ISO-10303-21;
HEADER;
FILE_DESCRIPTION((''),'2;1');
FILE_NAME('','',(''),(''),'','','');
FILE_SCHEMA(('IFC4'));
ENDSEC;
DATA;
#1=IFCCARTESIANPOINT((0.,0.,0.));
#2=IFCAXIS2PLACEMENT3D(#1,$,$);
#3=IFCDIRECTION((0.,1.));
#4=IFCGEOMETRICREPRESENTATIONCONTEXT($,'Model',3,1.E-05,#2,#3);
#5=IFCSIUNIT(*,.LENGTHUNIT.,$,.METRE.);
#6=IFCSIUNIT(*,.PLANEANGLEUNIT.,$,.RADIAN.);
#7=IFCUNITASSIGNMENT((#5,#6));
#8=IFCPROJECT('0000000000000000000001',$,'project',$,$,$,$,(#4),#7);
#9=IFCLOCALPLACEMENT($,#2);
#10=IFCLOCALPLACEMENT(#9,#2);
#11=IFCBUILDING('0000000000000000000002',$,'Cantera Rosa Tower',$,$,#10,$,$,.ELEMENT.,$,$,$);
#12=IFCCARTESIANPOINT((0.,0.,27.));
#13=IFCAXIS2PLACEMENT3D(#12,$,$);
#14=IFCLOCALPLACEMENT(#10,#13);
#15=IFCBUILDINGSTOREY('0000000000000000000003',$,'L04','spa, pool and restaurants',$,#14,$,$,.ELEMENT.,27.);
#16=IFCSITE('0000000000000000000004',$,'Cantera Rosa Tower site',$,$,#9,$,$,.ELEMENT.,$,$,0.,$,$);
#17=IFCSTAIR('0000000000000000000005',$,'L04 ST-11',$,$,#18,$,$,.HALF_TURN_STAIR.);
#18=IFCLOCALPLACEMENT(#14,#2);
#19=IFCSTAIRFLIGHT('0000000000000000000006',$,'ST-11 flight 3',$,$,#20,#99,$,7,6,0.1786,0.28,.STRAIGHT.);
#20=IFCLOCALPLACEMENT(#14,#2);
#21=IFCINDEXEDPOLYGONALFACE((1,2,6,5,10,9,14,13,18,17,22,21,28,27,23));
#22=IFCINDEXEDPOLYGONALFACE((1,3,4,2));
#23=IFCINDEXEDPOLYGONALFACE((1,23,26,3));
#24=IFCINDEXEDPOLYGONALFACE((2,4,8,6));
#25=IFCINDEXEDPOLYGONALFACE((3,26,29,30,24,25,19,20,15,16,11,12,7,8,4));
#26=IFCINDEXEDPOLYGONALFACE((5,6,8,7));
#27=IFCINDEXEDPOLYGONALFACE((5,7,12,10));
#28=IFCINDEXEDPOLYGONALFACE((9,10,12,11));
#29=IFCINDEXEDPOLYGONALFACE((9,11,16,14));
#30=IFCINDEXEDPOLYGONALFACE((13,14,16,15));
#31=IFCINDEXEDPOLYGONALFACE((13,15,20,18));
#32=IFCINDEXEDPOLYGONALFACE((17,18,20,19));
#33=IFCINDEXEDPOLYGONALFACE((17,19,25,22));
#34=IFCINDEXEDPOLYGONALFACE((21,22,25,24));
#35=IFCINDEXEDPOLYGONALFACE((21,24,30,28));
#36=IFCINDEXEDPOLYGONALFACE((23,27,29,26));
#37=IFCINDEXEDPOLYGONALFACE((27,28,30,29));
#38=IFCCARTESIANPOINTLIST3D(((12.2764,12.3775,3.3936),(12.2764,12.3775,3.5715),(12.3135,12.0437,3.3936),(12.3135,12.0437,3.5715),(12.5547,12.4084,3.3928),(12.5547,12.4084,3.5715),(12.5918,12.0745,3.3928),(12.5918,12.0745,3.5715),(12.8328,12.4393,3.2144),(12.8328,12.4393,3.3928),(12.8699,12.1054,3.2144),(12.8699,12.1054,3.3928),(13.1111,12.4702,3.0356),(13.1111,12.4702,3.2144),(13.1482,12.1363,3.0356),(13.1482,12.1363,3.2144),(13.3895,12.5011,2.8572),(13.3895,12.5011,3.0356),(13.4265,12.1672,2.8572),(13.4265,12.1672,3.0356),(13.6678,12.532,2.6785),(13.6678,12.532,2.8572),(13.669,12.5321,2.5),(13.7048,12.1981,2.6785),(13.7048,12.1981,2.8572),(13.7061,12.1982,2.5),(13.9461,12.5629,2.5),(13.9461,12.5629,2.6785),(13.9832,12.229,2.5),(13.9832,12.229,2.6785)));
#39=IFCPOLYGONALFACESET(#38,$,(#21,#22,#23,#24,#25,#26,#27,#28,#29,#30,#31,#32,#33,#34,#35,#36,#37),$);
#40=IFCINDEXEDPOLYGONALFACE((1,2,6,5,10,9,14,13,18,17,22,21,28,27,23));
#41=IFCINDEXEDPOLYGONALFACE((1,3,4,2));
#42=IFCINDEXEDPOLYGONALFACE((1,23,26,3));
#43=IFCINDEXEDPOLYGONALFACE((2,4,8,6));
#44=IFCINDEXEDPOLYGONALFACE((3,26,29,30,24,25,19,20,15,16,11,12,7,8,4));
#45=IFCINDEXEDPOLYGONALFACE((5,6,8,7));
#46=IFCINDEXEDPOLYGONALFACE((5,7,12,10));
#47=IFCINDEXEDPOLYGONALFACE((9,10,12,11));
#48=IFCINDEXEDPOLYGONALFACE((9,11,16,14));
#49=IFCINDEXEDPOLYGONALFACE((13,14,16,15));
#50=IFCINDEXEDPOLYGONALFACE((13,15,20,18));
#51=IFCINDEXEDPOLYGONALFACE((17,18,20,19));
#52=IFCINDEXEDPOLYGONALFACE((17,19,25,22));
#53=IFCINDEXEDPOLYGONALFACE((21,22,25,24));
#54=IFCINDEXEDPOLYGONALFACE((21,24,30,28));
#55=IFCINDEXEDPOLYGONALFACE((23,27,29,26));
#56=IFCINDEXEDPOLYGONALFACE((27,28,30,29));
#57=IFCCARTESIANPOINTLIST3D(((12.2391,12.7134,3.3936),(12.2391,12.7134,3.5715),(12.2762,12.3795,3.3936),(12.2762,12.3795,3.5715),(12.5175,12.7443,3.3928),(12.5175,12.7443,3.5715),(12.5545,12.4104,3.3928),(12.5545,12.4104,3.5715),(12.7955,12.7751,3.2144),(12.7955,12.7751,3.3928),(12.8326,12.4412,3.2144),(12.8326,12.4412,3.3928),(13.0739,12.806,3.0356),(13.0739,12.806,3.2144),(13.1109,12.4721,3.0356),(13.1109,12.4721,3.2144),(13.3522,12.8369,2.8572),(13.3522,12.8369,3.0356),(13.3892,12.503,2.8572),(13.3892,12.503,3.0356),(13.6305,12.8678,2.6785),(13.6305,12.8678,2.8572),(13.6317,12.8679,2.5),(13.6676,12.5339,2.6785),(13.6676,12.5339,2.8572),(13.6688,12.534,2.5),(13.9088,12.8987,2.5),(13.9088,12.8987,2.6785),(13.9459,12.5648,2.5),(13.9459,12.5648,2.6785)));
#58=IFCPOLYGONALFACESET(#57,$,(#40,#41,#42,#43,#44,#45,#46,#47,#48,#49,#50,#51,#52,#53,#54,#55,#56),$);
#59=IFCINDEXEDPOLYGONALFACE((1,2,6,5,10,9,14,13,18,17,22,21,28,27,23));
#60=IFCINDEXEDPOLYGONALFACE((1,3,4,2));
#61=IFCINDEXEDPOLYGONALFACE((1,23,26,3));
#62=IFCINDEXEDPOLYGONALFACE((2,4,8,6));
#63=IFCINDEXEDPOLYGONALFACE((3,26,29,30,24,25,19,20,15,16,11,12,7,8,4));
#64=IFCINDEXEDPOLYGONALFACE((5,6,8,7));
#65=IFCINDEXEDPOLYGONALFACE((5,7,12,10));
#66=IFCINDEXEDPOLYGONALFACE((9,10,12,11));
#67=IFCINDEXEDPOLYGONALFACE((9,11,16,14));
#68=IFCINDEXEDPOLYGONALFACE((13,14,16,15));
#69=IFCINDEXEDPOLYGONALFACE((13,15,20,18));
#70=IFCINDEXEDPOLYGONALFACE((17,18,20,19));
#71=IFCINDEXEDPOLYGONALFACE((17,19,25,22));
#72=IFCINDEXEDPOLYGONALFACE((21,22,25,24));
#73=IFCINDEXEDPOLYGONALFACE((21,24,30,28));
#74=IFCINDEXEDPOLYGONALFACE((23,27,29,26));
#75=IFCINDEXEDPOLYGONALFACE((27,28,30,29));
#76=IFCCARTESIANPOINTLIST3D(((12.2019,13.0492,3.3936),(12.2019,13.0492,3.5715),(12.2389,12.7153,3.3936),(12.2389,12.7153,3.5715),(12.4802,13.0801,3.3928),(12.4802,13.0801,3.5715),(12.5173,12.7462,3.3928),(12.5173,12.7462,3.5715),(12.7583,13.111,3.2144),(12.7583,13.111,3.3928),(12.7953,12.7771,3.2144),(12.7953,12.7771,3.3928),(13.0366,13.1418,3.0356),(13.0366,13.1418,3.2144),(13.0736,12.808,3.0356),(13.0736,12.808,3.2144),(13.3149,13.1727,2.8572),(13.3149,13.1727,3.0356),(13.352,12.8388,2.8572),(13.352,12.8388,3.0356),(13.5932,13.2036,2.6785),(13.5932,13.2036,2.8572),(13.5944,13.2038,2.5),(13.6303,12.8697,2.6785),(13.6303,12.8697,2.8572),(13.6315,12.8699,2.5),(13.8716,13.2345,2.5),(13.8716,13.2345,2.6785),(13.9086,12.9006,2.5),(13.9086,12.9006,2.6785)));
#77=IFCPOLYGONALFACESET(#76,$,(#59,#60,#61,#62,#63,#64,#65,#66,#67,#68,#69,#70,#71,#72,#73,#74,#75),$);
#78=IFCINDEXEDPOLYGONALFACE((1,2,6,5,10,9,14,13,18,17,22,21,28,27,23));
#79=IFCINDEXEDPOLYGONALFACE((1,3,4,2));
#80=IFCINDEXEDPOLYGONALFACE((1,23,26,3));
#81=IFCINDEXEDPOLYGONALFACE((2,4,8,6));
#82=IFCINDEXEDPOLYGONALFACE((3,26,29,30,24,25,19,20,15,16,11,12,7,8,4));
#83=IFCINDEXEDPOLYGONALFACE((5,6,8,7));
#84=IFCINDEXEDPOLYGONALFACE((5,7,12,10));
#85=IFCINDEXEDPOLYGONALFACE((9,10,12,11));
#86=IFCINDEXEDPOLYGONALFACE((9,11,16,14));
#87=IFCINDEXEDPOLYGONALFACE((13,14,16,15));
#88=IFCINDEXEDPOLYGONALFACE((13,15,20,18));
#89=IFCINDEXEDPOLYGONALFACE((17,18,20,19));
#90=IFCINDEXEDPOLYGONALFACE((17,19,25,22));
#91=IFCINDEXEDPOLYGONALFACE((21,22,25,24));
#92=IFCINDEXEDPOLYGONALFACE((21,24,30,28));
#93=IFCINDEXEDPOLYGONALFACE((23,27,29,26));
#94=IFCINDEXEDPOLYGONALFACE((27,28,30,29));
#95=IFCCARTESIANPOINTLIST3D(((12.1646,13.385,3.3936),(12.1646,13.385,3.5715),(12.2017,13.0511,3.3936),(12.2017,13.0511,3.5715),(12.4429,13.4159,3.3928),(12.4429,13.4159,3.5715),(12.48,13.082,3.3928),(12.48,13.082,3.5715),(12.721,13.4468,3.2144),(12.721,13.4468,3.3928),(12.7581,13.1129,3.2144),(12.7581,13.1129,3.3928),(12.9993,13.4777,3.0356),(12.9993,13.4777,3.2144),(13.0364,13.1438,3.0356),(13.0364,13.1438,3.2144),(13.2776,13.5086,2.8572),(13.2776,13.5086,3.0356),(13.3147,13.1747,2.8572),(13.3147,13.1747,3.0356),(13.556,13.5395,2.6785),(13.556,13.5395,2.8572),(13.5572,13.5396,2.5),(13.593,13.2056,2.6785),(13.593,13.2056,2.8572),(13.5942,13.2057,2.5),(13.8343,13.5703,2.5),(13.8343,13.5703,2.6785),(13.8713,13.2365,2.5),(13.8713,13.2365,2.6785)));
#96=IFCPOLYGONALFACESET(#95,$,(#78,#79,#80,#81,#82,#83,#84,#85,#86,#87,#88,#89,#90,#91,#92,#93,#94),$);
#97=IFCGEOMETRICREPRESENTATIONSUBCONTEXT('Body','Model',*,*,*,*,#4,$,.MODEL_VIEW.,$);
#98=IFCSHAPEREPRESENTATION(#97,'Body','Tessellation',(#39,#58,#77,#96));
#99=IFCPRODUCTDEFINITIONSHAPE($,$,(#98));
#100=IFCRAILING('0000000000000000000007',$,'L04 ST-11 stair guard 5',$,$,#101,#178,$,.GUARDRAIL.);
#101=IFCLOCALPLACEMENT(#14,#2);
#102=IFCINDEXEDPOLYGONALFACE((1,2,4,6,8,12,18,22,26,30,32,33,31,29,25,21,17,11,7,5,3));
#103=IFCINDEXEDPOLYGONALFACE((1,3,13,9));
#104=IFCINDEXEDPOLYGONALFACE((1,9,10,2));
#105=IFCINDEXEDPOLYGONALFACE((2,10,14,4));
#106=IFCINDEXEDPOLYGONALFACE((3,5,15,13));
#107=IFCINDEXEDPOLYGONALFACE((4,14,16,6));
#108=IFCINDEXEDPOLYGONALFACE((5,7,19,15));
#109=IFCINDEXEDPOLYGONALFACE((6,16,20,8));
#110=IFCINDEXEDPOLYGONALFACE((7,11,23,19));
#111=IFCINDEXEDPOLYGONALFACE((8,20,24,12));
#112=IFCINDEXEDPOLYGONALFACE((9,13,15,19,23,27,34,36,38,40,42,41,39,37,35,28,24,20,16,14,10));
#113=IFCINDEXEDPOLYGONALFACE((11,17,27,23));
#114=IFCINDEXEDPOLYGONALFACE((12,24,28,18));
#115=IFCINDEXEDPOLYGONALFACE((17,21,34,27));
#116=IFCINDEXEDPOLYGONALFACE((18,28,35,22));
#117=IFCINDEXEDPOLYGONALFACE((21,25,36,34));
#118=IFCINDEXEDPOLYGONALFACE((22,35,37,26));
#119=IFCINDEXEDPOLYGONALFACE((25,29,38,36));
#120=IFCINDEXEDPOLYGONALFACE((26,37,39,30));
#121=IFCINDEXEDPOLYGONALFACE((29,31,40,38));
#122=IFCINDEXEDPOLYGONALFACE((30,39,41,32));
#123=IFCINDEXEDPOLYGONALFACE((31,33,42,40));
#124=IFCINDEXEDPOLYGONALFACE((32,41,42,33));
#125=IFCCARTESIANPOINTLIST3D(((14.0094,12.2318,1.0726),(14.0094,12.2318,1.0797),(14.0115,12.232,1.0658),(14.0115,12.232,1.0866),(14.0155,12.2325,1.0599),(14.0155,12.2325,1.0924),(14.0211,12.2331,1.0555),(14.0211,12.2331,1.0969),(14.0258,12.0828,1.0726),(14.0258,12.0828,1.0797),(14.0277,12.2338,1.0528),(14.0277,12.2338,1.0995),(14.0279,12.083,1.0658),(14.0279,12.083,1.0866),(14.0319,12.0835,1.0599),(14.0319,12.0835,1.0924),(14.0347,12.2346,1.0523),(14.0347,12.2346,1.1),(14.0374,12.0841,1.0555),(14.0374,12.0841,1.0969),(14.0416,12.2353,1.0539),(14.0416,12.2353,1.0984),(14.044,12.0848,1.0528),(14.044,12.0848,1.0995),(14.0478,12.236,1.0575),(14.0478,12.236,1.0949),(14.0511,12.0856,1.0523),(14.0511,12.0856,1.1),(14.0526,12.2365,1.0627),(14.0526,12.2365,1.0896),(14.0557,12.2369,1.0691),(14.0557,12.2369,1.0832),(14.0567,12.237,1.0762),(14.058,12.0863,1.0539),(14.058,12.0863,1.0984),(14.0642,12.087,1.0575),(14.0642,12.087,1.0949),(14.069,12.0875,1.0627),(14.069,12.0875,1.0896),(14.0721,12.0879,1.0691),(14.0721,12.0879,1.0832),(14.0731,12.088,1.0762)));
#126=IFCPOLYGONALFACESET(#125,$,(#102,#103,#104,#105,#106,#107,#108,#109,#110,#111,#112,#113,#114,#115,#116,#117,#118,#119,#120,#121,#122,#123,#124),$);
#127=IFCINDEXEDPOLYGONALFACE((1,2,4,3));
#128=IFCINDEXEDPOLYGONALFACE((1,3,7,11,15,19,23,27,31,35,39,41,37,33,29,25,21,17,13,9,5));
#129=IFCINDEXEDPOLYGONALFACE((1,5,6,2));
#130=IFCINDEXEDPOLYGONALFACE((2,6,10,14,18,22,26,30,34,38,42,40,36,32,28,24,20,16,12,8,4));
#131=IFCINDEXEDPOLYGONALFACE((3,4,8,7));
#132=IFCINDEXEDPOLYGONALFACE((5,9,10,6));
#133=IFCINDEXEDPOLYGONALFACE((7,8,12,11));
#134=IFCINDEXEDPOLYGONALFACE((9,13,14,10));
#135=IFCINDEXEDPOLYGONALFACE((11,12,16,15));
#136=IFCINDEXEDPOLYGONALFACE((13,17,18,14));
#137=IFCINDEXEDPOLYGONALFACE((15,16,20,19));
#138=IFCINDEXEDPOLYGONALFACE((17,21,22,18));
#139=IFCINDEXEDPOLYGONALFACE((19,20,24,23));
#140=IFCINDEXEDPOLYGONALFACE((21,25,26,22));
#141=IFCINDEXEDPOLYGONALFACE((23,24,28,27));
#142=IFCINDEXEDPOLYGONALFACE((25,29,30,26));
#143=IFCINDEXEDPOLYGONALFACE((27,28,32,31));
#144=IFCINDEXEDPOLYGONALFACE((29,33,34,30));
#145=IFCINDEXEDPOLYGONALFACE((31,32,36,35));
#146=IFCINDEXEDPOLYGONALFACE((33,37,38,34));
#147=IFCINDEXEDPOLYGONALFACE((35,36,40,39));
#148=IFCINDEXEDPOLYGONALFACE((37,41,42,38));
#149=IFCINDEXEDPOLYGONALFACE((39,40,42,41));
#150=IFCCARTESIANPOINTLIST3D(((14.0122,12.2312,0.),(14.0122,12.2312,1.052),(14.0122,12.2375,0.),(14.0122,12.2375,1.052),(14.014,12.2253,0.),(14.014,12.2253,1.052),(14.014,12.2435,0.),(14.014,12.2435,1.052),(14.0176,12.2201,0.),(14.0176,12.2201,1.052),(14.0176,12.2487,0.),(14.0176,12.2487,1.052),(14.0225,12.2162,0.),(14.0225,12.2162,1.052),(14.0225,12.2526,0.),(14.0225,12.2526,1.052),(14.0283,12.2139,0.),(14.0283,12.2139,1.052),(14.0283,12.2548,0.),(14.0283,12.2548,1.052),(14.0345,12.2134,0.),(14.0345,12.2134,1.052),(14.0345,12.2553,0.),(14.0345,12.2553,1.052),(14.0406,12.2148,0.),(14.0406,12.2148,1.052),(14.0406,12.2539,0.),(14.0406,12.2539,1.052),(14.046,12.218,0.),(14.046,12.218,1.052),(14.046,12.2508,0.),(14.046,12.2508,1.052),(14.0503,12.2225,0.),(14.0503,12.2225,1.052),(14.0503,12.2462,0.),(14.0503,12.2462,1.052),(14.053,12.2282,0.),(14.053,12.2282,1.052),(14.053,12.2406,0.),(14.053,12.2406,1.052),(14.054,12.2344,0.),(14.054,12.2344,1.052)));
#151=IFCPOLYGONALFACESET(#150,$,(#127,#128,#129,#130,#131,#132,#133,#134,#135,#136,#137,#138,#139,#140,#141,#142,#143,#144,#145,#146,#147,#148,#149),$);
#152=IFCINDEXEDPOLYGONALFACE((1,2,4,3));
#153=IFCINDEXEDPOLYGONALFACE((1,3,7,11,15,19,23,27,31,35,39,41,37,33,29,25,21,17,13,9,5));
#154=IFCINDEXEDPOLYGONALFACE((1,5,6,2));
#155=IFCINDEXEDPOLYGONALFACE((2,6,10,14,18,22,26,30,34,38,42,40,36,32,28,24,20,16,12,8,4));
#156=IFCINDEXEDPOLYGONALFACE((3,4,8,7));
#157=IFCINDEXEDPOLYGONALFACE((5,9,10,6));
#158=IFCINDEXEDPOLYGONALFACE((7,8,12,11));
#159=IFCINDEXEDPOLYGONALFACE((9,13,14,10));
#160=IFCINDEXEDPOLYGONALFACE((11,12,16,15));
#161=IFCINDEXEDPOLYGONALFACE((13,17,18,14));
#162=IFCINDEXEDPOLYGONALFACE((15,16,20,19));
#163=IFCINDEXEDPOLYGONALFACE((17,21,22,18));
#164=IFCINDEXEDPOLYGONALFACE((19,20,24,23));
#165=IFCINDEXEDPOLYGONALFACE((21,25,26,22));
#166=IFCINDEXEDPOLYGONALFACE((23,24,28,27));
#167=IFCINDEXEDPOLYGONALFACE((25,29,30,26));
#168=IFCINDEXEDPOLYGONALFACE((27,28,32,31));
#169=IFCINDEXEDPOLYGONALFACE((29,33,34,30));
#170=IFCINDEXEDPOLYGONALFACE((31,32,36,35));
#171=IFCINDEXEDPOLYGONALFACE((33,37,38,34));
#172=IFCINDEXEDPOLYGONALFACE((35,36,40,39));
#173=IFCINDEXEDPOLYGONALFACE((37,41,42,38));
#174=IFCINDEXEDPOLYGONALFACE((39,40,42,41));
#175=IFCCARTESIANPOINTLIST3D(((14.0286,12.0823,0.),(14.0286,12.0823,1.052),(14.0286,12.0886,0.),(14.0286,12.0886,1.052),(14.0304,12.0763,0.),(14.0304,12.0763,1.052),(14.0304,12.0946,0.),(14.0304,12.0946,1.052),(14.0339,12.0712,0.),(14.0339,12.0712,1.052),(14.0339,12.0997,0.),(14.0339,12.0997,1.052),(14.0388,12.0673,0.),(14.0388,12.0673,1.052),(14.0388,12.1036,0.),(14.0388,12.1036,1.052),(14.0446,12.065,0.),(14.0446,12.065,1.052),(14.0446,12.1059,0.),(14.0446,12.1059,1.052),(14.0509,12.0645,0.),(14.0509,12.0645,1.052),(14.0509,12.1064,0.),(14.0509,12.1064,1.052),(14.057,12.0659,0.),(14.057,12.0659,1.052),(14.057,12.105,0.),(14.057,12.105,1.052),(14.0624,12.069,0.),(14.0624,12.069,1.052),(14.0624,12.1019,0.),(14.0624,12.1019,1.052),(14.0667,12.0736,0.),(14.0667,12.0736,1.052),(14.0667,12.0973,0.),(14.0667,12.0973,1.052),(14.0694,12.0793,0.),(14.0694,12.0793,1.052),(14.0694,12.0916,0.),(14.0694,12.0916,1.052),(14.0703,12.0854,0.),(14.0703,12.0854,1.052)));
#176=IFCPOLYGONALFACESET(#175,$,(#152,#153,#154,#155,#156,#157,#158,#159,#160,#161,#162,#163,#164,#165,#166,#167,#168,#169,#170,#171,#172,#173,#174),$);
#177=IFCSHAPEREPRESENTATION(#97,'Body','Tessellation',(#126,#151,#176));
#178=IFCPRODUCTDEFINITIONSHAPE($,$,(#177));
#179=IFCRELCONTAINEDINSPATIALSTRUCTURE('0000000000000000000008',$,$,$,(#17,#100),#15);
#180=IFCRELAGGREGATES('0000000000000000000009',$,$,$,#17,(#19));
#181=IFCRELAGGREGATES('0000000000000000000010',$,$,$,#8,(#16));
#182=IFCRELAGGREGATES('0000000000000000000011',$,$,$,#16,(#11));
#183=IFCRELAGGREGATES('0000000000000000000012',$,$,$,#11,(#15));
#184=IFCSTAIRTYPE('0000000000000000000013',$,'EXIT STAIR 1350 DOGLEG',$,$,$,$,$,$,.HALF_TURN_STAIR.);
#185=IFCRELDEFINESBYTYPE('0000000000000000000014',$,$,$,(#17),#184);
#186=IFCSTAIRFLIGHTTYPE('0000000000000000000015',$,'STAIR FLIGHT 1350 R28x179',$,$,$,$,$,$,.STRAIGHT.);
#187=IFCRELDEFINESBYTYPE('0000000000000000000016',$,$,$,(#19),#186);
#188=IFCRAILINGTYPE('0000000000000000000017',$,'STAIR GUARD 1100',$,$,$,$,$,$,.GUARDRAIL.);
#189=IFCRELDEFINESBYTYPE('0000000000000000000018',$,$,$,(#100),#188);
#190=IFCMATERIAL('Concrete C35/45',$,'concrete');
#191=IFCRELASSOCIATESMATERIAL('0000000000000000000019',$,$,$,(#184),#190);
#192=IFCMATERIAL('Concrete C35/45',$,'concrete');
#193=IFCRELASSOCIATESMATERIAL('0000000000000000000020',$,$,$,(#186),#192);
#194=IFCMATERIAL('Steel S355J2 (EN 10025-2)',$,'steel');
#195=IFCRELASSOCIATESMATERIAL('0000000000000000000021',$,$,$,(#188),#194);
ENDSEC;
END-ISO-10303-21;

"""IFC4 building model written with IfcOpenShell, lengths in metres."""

from ifc_helpers import new_model, si_unit, direction, frame, origin, origin_2d, place, context, subcontext, project, spatial, polyline, circle, outline, extrude, material, type_object, element, aggregate, save


model = new_model("IFC4")

# Units and contexts
model_context = context("Model", 3, precision=1e-05, world=origin(), true_north=direction((0.0, 1.0)))
body_context = subcontext(model_context, "Body", "Model", "MODEL_VIEW")
ifc_project = project(units=[si_unit("LENGTHUNIT", "METRE"), si_unit("PLANEANGLEUNIT", "RADIAN")], contexts=[model_context])

# Site, building, storey
site_placement = place(None, origin())
site = spatial("IfcSite", under=ifc_project, at=site_placement, Name="Cantera Rosa Tower site", CompositionType="ELEMENT", RefElevation=0.0)
building_placement = place(site_placement, origin())
building = spatial("IfcBuilding", under=site, at=building_placement, Name="Cantera Rosa Tower", CompositionType="ELEMENT")
storey_placement = place(building_placement, frame((0.0, 0.0, 27.0)))
storey = spatial("IfcBuildingStorey", under=building, at=storey_placement, Name="L04", Description="spa, pool and restaurants", CompositionType="ELEMENT", Elevation=27.0)

# Stair, stair flight
ifc_material_1 = material(Name="Concrete C35/45", Category="concrete")
stair_type = type_object("IfcStairType", Name="EXIT STAIR 1350 DOGLEG", PredefinedType="HALF_TURN_STAIR", material=ifc_material_1)
stair_placement = place(storey_placement, origin())
stair = element("IfcStair", 1, at=stair_placement, inside=storey, type_object=stair_type, Name="L04 ST-11", PredefinedType="HALF_TURN_STAIR")
ifc_material_2 = material(Name="Concrete C35/45", Category="concrete")
stair_flight_type = type_object("IfcStairFlightType", Name="STAIR FLIGHT 1350 R28x179", PredefinedType="STRAIGHT", material=ifc_material_2)
stair_flight_placement = place(storey_placement, frame((13.9087, 12.8999, 2.5), z_axis=(0.0, 0.0, 1.0), x_axis=(-0.993897, -0.110313, 0.0)))
stair_flight = element("IfcStairFlight", 2, at=stair_flight_placement, type_object=stair_flight_type, Name="ST-11 flight 3", NumberOfRisers=7, NumberOfTreads=6, PredefinedType="STRAIGHT", RiserHeight=0.1786, TreadLength=0.28, context=body_context, shape_type="SweptSolid", body=[
    extrude(outline(polyline([(0.0, 0.0), (0.0, 0.1785), (0.28, 0.1785), (0.28, 0.3572), (0.5601, 0.3572), (0.5601, 0.5356), (0.8401, 0.5356), (0.8401, 0.7144), (1.1201, 0.7144), (1.1201, 0.8928), (1.3999, 0.8928), (1.3999, 1.0715), (1.6799, 1.0715), (1.6799, 1.25), (1.6799, 0.8936), (0.2788, 0.0), (0.0, 0.0)])), frame((0.0, 0.675, 0.0), z_axis=(0.0, -1.0, 0.0), x_axis=(1.0, 0.0, 0.0)), (0.0, 0.0, 1.0), 0.3359),
    extrude(outline(polyline([(0.0, 0.0), (0.0, 0.1785), (0.28, 0.1785), (0.28, 0.3572), (0.5601, 0.3572), (0.5601, 0.5356), (0.8401, 0.5356), (0.8401, 0.7144), (1.1201, 0.7144), (1.1201, 0.8928), (1.3999, 0.8928), (1.3999, 1.0715), (1.6799, 1.0715), (1.6799, 1.25), (1.6799, 0.8936), (0.2788, 0.0), (0.0, 0.0)])), frame((0.0, 0.3372, 0.0), z_axis=(0.0, -1.0, 0.0), x_axis=(1.0, 0.0, 0.0)), (0.0, 0.0, 1.0), 0.3359),
    extrude(outline(polyline([(0.0, 0.0), (0.0, 0.1785), (0.28, 0.1785), (0.28, 0.3572), (0.5601, 0.3572), (0.5601, 0.5356), (0.8401, 0.5356), (0.8401, 0.7144), (1.1201, 0.7144), (1.1201, 0.8928), (1.3999, 0.8928), (1.3999, 1.0715), (1.6799, 1.0715), (1.6799, 1.25), (1.6799, 0.8936), (0.2788, 0.0), (0.0, 0.0)])), frame((0.0, -0.0007, 0.0), z_axis=(0.0, -1.0, 0.0), x_axis=(1.0, 0.0, 0.0)), (0.0, 0.0, 1.0), 0.3359),
    extrude(outline(polyline([(0.0, 0.0), (0.0, 0.1785), (0.28, 0.1785), (0.28, 0.3572), (0.5601, 0.3572), (0.5601, 0.5356), (0.8401, 0.5356), (0.8401, 0.7144), (1.1201, 0.7144), (1.1201, 0.8928), (1.3999, 0.8928), (1.3999, 1.0715), (1.6799, 1.0715), (1.6799, 1.25), (1.6799, 0.8936), (0.2788, 0.0), (0.0, 0.0)])), frame((0.0, -0.3386, 0.0), z_axis=(0.0, -1.0, 0.0), x_axis=(1.0, 0.0, 0.0)), (0.0, 0.0, 1.0), 0.3359),
])
aggregate(stair, [stair_flight])

# Railing
ifc_material_3 = material(Name="Steel S355J2 (EN 10025-2)", Category="steel")
railing_type = type_object("IfcRailingType", Name="STAIR GUARD 1100", PredefinedType="GUARDRAIL", material=ifc_material_3)
railing_placement = place(storey_placement, frame((14.033, 12.2344, 0.0)))
element("IfcRailing", 3, at=railing_placement, inside=storey, type_object=railing_type, Name="L04 ST-11 stair guard 5", PredefinedType="GUARDRAIL", context=body_context, shape_type="SweptSolid", body=[
    extrude(circle(Radius=0.0239, at=origin_2d()), frame((0.0, 0.0, 1.0762), z_axis=(0.109179, -0.994022, 0.0), x_axis=(0.994022, 0.109179, 0.0)), (0.0, 0.0, 1.0), 0.1499),
    extrude(circle(Radius=0.021, at=origin_2d()), origin(), (0.0, 0.0, 1.0), 1.052),
    extrude(circle(Radius=0.021, at=origin_2d()), frame((0.0164, -0.1489, 0.0)), (0.0, 0.0, 1.0), 1.052),
])

save(model, "model.ifc")
